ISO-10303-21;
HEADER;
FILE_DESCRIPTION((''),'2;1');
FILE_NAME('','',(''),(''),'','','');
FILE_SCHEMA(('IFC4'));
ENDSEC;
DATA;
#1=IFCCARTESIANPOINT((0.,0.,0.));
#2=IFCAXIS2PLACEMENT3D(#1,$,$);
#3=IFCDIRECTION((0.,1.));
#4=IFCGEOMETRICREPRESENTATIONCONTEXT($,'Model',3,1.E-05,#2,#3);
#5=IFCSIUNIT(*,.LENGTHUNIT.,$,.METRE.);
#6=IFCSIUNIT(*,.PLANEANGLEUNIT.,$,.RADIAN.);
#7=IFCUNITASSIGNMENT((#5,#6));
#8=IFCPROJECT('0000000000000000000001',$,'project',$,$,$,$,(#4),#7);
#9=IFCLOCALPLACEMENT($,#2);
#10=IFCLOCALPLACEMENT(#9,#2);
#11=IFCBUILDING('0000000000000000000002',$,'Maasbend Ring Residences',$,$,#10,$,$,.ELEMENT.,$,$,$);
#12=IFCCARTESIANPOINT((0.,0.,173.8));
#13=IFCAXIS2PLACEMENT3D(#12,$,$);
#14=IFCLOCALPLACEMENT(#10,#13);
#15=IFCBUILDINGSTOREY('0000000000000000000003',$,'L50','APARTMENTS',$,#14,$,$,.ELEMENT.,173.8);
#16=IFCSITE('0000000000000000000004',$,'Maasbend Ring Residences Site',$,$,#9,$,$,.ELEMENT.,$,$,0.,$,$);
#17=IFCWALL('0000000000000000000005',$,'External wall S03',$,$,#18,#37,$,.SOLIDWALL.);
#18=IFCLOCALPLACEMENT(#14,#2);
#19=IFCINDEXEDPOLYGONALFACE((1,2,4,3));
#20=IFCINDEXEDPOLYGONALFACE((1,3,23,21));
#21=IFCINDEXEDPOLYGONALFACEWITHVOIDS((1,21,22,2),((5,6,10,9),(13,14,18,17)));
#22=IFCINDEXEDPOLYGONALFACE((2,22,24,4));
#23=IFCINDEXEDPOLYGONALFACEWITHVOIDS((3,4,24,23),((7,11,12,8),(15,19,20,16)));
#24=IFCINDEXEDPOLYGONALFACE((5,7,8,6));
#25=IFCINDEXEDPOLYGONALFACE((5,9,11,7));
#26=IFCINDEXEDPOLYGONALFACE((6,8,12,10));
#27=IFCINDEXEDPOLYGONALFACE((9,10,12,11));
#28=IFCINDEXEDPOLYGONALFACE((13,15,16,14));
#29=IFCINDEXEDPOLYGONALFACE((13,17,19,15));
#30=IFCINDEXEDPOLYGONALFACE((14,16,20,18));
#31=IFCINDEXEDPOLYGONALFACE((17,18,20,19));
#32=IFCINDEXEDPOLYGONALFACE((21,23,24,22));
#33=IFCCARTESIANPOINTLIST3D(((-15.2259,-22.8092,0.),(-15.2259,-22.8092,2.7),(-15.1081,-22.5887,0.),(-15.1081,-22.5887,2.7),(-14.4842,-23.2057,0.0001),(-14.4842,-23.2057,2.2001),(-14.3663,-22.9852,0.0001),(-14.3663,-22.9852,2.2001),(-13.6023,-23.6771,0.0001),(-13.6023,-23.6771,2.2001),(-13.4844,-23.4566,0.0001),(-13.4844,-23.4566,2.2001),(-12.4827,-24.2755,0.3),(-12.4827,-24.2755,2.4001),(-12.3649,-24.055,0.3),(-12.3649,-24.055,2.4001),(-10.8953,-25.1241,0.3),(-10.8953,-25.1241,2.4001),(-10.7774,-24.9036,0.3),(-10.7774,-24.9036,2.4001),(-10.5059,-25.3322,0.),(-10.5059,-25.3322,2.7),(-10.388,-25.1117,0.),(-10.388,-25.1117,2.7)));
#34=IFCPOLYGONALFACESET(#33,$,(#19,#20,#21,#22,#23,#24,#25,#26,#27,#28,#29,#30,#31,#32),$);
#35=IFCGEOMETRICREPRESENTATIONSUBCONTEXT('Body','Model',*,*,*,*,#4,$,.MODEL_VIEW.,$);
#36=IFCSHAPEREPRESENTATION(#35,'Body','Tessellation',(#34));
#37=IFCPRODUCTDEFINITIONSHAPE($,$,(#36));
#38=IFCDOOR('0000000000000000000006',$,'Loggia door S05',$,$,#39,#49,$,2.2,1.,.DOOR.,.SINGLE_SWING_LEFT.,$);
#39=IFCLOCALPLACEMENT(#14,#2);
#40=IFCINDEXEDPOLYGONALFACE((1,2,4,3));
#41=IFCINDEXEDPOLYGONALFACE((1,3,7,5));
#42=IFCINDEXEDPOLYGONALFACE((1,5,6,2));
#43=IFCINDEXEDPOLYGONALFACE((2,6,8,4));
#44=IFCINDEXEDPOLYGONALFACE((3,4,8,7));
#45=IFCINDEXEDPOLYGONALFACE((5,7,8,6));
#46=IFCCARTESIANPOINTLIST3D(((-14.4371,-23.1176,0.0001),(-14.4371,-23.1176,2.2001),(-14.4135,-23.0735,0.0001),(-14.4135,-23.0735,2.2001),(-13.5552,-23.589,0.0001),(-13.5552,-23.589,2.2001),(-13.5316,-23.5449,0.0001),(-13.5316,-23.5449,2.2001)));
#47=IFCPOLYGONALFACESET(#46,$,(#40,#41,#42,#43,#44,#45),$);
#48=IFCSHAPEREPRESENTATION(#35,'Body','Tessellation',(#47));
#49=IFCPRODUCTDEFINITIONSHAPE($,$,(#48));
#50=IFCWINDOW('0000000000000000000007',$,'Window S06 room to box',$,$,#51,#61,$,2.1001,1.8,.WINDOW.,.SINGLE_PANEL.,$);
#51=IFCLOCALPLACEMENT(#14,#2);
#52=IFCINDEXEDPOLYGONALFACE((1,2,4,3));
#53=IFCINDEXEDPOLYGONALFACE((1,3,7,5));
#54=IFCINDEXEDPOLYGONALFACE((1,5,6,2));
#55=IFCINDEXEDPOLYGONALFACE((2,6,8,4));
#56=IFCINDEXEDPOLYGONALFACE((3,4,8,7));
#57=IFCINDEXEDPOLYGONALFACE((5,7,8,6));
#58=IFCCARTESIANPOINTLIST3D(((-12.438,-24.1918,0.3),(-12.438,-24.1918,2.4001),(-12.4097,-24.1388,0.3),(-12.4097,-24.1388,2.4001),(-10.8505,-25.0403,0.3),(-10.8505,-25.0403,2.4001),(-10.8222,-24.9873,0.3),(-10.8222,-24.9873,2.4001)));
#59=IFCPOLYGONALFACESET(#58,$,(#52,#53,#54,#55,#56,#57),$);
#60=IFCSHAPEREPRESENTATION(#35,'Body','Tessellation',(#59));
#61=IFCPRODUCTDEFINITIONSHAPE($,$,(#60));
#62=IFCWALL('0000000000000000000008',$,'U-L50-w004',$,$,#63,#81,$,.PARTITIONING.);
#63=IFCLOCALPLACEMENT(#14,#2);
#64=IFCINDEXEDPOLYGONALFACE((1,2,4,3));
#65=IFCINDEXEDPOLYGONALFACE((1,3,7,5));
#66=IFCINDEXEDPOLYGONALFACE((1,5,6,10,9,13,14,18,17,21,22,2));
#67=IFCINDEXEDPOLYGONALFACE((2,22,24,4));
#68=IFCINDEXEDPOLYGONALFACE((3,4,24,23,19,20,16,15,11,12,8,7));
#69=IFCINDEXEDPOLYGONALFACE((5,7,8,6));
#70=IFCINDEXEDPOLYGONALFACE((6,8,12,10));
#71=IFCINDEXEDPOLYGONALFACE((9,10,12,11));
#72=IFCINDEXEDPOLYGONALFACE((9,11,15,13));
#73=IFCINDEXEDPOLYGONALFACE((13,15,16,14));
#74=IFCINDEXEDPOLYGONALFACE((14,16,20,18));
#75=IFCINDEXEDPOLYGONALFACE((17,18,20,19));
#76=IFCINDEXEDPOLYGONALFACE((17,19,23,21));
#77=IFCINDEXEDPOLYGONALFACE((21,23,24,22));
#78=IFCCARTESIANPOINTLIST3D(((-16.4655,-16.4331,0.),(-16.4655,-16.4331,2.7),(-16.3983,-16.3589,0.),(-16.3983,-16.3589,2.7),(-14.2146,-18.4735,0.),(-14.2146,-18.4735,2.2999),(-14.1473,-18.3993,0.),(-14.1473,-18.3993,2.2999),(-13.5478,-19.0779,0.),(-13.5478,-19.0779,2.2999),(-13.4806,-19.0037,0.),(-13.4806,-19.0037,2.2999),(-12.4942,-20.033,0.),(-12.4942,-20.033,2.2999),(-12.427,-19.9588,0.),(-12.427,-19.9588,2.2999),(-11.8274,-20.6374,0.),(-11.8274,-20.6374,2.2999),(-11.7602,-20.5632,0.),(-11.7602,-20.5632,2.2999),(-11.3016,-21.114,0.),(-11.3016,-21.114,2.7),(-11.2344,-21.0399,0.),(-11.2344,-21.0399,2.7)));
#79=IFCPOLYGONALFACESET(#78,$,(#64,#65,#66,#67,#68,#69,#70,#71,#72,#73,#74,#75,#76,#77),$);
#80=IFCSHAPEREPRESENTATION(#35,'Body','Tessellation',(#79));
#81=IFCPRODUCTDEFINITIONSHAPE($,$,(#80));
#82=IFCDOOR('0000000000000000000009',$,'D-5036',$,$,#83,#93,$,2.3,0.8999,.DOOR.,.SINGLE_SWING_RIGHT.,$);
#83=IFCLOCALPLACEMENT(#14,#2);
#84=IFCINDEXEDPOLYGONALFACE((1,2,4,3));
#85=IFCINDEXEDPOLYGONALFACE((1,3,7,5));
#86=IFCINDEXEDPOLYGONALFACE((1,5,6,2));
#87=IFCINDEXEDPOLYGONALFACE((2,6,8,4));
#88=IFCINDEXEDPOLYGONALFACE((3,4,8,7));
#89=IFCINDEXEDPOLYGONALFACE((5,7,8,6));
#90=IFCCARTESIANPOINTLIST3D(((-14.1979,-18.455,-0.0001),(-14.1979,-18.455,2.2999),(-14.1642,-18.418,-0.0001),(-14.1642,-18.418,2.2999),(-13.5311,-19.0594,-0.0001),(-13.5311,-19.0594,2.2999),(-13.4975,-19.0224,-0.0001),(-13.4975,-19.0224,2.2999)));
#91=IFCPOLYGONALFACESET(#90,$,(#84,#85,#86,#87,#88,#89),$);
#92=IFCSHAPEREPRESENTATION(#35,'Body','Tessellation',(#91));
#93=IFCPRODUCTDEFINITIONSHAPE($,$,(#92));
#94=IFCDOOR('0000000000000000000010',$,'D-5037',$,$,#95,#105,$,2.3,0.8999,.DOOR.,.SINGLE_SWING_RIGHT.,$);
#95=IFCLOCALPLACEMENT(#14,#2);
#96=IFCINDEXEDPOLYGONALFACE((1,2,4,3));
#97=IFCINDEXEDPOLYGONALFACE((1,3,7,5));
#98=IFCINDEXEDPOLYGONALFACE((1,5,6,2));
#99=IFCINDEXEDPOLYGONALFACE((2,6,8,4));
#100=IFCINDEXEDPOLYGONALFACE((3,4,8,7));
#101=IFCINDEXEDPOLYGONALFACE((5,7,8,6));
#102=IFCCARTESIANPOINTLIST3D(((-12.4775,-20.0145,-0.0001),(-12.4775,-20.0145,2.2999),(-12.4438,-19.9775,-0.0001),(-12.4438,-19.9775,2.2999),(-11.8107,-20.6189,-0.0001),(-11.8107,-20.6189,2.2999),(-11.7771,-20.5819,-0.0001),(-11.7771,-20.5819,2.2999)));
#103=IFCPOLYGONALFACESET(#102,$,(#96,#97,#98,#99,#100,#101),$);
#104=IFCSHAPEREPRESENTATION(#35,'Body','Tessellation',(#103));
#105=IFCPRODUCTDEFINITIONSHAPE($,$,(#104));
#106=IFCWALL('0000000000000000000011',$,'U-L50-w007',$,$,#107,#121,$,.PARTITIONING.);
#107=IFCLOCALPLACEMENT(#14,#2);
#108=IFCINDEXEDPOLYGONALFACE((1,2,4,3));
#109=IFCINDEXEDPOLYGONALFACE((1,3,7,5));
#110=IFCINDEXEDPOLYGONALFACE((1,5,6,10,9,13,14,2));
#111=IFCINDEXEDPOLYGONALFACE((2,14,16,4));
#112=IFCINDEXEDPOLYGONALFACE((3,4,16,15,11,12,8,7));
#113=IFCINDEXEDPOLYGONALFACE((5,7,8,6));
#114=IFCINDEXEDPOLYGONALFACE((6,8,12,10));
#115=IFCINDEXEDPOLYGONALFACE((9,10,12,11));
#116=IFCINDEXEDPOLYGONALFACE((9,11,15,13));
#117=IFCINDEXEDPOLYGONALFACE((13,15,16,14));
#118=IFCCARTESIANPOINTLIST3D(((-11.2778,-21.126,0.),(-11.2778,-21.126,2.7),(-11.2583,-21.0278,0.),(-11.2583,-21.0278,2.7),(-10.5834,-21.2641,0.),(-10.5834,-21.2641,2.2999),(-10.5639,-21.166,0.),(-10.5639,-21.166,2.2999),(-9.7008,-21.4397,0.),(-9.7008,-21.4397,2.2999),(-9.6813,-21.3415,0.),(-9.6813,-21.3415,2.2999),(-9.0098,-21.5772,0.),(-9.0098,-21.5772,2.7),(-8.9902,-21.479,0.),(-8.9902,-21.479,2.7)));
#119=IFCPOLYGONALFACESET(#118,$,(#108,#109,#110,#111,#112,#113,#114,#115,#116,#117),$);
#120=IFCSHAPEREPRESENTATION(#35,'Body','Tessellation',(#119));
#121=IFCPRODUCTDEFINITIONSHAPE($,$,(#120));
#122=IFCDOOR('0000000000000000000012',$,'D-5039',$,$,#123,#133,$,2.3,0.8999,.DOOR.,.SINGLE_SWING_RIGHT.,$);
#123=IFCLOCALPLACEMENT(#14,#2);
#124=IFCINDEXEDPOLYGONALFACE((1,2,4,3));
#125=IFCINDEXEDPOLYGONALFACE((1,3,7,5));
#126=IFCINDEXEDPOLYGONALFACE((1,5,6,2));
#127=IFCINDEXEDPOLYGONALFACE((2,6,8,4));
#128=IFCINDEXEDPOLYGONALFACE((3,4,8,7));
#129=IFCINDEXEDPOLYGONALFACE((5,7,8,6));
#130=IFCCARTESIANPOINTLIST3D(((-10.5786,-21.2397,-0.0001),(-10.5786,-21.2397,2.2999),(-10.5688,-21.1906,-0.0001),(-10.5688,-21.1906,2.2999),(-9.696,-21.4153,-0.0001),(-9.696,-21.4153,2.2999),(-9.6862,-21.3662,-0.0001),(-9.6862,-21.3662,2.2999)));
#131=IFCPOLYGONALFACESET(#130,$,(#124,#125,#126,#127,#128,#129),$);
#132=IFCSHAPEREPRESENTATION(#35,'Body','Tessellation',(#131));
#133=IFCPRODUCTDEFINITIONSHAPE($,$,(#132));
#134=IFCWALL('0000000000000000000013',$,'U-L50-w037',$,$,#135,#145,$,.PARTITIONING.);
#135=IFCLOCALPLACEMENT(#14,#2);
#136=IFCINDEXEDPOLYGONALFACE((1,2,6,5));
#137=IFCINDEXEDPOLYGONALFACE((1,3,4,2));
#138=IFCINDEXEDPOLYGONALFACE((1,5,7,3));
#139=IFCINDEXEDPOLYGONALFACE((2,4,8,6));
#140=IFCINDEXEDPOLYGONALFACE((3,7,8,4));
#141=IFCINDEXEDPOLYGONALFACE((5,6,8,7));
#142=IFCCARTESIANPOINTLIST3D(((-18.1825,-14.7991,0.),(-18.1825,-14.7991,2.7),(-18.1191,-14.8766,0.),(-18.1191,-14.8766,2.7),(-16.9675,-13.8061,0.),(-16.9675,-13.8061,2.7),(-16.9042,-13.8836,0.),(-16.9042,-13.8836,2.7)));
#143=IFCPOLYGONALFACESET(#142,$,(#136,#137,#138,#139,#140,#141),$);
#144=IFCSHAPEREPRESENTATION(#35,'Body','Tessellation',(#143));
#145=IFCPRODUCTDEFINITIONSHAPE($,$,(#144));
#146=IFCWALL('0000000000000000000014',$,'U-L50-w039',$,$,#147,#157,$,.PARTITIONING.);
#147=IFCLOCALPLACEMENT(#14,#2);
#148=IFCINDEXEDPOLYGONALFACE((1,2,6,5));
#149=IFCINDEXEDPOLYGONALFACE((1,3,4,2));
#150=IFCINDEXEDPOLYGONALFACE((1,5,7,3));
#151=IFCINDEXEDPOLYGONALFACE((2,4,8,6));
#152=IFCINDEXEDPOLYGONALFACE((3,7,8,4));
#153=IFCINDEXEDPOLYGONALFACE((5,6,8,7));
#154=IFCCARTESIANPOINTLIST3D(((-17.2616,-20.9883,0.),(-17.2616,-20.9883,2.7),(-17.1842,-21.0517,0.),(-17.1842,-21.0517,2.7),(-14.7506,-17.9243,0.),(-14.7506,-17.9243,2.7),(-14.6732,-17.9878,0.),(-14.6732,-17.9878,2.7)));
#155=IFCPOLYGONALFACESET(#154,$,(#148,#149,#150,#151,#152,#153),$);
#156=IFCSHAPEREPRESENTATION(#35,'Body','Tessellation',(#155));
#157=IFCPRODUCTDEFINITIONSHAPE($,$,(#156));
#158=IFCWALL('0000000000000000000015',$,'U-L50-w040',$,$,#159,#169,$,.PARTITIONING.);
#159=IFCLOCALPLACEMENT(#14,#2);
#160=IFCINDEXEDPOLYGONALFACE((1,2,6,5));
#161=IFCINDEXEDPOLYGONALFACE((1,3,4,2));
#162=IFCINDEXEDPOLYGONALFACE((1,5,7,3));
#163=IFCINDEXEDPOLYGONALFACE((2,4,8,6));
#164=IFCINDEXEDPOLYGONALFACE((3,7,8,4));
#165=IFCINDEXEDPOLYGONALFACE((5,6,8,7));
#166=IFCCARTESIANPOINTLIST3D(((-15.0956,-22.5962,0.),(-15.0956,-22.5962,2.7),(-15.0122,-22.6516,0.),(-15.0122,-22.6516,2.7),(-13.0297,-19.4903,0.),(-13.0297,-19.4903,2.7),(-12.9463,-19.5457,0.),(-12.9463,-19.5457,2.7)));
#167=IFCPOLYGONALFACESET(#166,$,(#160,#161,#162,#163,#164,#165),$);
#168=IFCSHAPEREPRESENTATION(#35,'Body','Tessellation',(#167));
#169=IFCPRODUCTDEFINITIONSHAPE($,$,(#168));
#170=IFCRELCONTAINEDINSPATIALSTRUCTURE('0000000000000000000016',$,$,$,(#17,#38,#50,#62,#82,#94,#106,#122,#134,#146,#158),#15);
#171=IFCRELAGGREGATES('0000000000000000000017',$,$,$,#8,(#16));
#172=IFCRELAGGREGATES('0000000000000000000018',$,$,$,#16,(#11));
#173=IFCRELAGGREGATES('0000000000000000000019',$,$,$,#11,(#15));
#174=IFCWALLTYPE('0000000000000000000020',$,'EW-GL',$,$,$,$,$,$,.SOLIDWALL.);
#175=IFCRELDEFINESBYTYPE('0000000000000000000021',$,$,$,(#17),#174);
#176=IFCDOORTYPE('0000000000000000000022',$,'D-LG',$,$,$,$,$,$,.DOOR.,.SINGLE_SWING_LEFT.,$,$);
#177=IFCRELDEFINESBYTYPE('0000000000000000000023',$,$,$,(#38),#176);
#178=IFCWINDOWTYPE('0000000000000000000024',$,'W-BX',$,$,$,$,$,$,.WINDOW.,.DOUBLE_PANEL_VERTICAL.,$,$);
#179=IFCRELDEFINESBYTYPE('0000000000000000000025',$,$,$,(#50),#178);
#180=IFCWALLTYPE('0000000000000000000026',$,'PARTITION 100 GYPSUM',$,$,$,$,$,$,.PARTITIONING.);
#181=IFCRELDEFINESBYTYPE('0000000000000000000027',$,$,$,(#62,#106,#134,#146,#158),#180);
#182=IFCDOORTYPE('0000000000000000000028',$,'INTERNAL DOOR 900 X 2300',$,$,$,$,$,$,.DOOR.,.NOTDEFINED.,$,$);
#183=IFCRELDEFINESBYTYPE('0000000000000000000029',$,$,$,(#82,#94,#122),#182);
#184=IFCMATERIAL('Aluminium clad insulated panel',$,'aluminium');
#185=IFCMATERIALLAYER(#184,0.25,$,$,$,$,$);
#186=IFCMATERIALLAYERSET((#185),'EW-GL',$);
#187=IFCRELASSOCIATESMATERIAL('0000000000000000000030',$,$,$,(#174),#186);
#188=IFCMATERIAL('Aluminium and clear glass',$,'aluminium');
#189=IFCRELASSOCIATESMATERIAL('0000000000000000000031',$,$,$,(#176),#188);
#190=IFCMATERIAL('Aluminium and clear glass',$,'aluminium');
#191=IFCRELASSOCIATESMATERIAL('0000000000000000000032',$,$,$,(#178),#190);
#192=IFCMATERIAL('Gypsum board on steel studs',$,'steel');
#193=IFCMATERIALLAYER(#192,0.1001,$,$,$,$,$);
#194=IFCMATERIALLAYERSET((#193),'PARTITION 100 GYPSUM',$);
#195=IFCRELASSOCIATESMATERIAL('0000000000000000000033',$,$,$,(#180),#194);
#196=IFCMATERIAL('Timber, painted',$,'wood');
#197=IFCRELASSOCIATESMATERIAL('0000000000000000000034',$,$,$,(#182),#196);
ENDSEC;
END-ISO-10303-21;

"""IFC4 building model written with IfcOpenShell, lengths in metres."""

from ifc_helpers import new_model, si_unit, direction, frame, frame_2d, origin, place, context, subcontext, project, spatial, rectangle, extrude, material, layer, layer_set, type_object, element, fill, save


model = new_model("IFC4")

# Units and contexts
model_context = context("Model", 3, precision=1e-05, world=origin(), true_north=direction((0.0, 1.0)))
body_context = subcontext(model_context, "Body", "Model", "MODEL_VIEW")
ifc_project = project(units=[si_unit("LENGTHUNIT", "METRE"), si_unit("PLANEANGLEUNIT", "RADIAN")], contexts=[model_context])

# Site, building, storey
site_placement = place(None, origin())
site = spatial("IfcSite", under=ifc_project, at=site_placement, Name="Maasbend Ring Residences Site", CompositionType="ELEMENT", RefElevation=0.0)
building_placement = place(site_placement, origin())
building = spatial("IfcBuilding", under=site, at=building_placement, Name="Maasbend Ring Residences", CompositionType="ELEMENT")
storey_placement = place(building_placement, frame((0.0, 0.0, 173.8)))
storey = spatial("IfcBuildingStorey", under=building, at=storey_placement, Name="L50", Description="APARTMENTS", CompositionType="ELEMENT", Elevation=173.8)

# Wall, openings, door, window
ifc_material_1 = material(Name="Aluminium clad insulated panel", Category="aluminium")
ifc_layer_1 = layer(ifc_material_1, 0.25)
ifc_layer_set_1 = layer_set([ifc_layer_1], Name="EW-GL")
wall_type_1 = type_object("IfcWallType", Name="EW-GL", PredefinedType="SOLIDWALL", material=ifc_layer_set_1)
wall_1_placement = place(storey_placement, frame((-15.167, -22.699, 0.0), z_axis=(0.0, 0.0, 1.0), x_axis=(0.881916, -0.471407, 0.0)))
wall_1 = element("IfcWall", 1, at=wall_1_placement, inside=storey, type_object=wall_type_1, Name="External wall S03", PredefinedType="SOLIDWALL", context=body_context, shape_type="SweptSolid", body=[
    extrude(rectangle(XDim=5.3521, YDim=0.25, at=frame_2d((2.676, 0.0))), origin(), (0.0, 0.0, 1.0), 2.7),
])
opening_1_placement = place(wall_1_placement, frame((0.8411, 0.0, 0.0)))
opening_1 = element("IfcOpeningElement", 2, at=opening_1_placement, cuts=wall_1, PredefinedType="OPENING", context=body_context, shape_type="SweptSolid", body=[
    extrude(rectangle(XDim=1.0, YDim=2.2, at=frame_2d((0.5, 1.1001))), frame((0.0, 0.135, 0.0), z_axis=(0.0, -1.0, 0.0), x_axis=(1.0, 0.0, 0.0)), (0.0, 0.0, 1.0), 0.27),
])
opening_2_placement = place(wall_1_placement, frame((3.1106, 0.0, 0.3)))
opening_2 = element("IfcOpeningElement", 3, at=opening_2_placement, cuts=wall_1, PredefinedType="OPENING", context=body_context, shape_type="SweptSolid", body=[
    extrude(rectangle(XDim=1.8, YDim=2.1001, at=frame_2d((0.8999, 1.05))), frame((0.0, 0.135, 0.0), z_axis=(0.0, -1.0, 0.0), x_axis=(1.0, 0.0, 0.0)), (0.0, 0.0, 1.0), 0.27),
])
ifc_material_2 = material(Name="Aluminium and clear glass", Category="aluminium")
door_type_1 = type_object("IfcDoorType", Name="D-LG", OperationType="SINGLE_SWING_LEFT", PredefinedType="DOOR", material=ifc_material_2)
door_1_placement = place(opening_1_placement, origin())
door_1 = element("IfcDoor", 4, at=door_1_placement, inside=storey, type_object=door_type_1, Name="Loggia door S05", OperationType="SINGLE_SWING_LEFT", OverallHeight=2.2, OverallWidth=1.0, PredefinedType="DOOR", context=body_context, shape_type="SweptSolid", body=[
    extrude(rectangle(XDim=1.0, YDim=2.2, at=frame_2d((0.5, 1.1001))), frame((0.0, 0.0249, 0.0), z_axis=(0.0, -1.0, 0.0), x_axis=(1.0, 0.0, 0.0)), (0.0, 0.0, 1.0), 0.05),
])
fill(opening_1, door_1)
ifc_material_3 = material(Name="Aluminium and clear glass", Category="aluminium")
window_type_1 = type_object("IfcWindowType", Name="W-BX", PartitioningType="DOUBLE_PANEL_VERTICAL", PredefinedType="WINDOW", material=ifc_material_3)
window_1_placement = place(opening_2_placement, origin())
window_1 = element("IfcWindow", 5, at=window_1_placement, inside=storey, type_object=window_type_1, Name="Window S06 room to box", OverallHeight=2.1001, OverallWidth=1.8, PartitioningType="SINGLE_PANEL", PredefinedType="WINDOW", context=body_context, shape_type="SweptSolid", body=[
    extrude(rectangle(XDim=1.8, YDim=2.1001, at=frame_2d((0.8999, 1.05))), frame((0.0, 0.03, 0.0), z_axis=(0.0, -1.0, 0.0), x_axis=(1.0, 0.0, 0.0)), (0.0, 0.0, 1.0), 0.0601),
])
fill(opening_2, window_1)

# Wall, openings, doors
ifc_material_4 = material(Name="Gypsum board on steel studs", Category="steel")
ifc_layer_2 = layer(ifc_material_4, 0.1001)
ifc_layer_set_2 = layer_set([ifc_layer_2], Name="PARTITION 100 GYPSUM")
wall_type_2 = type_object("IfcWallType", Name="PARTITION 100 GYPSUM", PredefinedType="PARTITIONING", material=ifc_layer_set_2)
wall_2_placement = place(storey_placement, frame((-16.4319, -16.396, 0.0), z_axis=(0.0, 0.0, 1.0), x_axis=(0.740901, -0.671614, 0.0)))
wall_2 = element("IfcWall", 6, at=wall_2_placement, inside=storey, type_object=wall_type_2, Name="U-L50-w004", PredefinedType="PARTITIONING", context=body_context, shape_type="SweptSolid", body=[
    extrude(rectangle(XDim=6.9697, YDim=0.1001, at=frame_2d((3.4849, 0.0))), origin(), (0.0, 0.0, 1.0), 2.7),
])
opening_3_placement = place(wall_2_placement, frame((3.0381, 0.0, 0.0)))
opening_3 = element("IfcOpeningElement", 7, at=opening_3_placement, cuts=wall_2, PredefinedType="OPENING", context=body_context, shape_type="SweptSolid", body=[
    extrude(rectangle(XDim=0.8999, YDim=2.3, at=frame_2d((0.45, 1.1499))), frame((0.0, 0.0601, 0.0), z_axis=(0.0, -1.0, 0.0), x_axis=(1.0, 0.0, 0.0)), (0.0, 0.0, 1.0), 0.1201),
])
opening_4_placement = place(wall_2_placement, frame((5.3601, 0.0, 0.0)))
opening_4 = element("IfcOpeningElement", 8, at=opening_4_placement, cuts=wall_2, PredefinedType="OPENING", context=body_context, shape_type="SweptSolid", body=[
    extrude(rectangle(XDim=0.8999, YDim=2.3, at=frame_2d((0.45, 1.1499))), frame((0.0, 0.0601, 0.0), z_axis=(0.0, -1.0, 0.0), x_axis=(1.0, 0.0, 0.0)), (0.0, 0.0, 1.0), 0.1201),
])
ifc_material_5 = material(Name="Timber, painted", Category="wood")
door_type_2 = type_object("IfcDoorType", Name="INTERNAL DOOR 900 X 2300", OperationType="NOTDEFINED", PredefinedType="DOOR", material=ifc_material_5)
door_2_placement = place(opening_3_placement, origin())
door_2 = element("IfcDoor", 9, at=door_2_placement, inside=storey, type_object=door_type_2, Name="D-5036", OperationType="SINGLE_SWING_RIGHT", OverallHeight=2.3, OverallWidth=0.8999, PredefinedType="DOOR", context=body_context, shape_type="SweptSolid", body=[
    extrude(rectangle(XDim=0.8999, YDim=2.3, at=frame_2d((0.45, 1.1499))), frame((0.0, 0.0249, 0.0), z_axis=(0.0, -1.0, 0.0), x_axis=(1.0, 0.0, 0.0)), (0.0, 0.0, 1.0), 0.05),
])
fill(opening_3, door_2)
door_3_placement = place(opening_4_placement, origin())
door_3 = element("IfcDoor", 10, at=door_3_placement, inside=storey, type_object=door_type_2, Name="D-5037", OperationType="SINGLE_SWING_RIGHT", OverallHeight=2.3, OverallWidth=0.8999, PredefinedType="DOOR", context=body_context, shape_type="SweptSolid", body=[
    extrude(rectangle(XDim=0.8999, YDim=2.3, at=frame_2d((0.45, 1.1499))), frame((0.0, 0.0249, 0.0), z_axis=(0.0, -1.0, 0.0), x_axis=(1.0, 0.0, 0.0)), (0.0, 0.0, 1.0), 0.05),
])
fill(opening_4, door_3)

# Wall, opening, door
wall_3_placement = place(storey_placement, frame((-11.2681, -21.0769, 0.0), z_axis=(0.0, 0.0, 1.0), x_axis=(0.980783, -0.195101, 0.0)))
wall_3 = element("IfcWall", 11, at=wall_3_placement, inside=storey, type_object=wall_type_2, Name="U-L50-w007", PredefinedType="PARTITIONING", context=body_context, shape_type="SweptSolid", body=[
    extrude(rectangle(XDim=2.3125, YDim=0.1001, at=frame_2d((1.1562, 0.0))), origin(), (0.0, 0.0, 1.0), 2.7),
])
opening_5_placement = place(wall_3_placement, frame((0.708, 0.0, 0.0)))
opening_5 = element("IfcOpeningElement", 12, at=opening_5_placement, cuts=wall_3, PredefinedType="OPENING", context=body_context, shape_type="SweptSolid", body=[
    extrude(rectangle(XDim=0.8999, YDim=2.3, at=frame_2d((0.45, 1.1499))), frame((0.0, 0.0601, 0.0), z_axis=(0.0, -1.0, 0.0), x_axis=(1.0, 0.0, 0.0)), (0.0, 0.0, 1.0), 0.1201),
])
door_4_placement = place(opening_5_placement, origin())
door_4 = element("IfcDoor", 13, at=door_4_placement, inside=storey, type_object=door_type_2, Name="D-5039", OperationType="SINGLE_SWING_RIGHT", OverallHeight=2.3, OverallWidth=0.8999, PredefinedType="DOOR", context=body_context, shape_type="SweptSolid", body=[
    extrude(rectangle(XDim=0.8999, YDim=2.3, at=frame_2d((0.45, 1.1499))), frame((0.0, 0.0249, 0.0), z_axis=(0.0, -1.0, 0.0), x_axis=(1.0, 0.0, 0.0)), (0.0, 0.0, 1.0), 0.05),
])
fill(opening_5, door_4)

# Walls
wall_4_placement = place(storey_placement, frame((-18.1509, -14.8379, 0.0), z_axis=(0.0, 0.0, 1.0), x_axis=(0.774283, 0.632839, 0.0)))
element("IfcWall", 14, at=wall_4_placement, inside=storey, type_object=wall_type_2, Name="U-L50-w037", PredefinedType="PARTITIONING", context=body_context, shape_type="SweptSolid", body=[
    extrude(rectangle(XDim=1.5691, YDim=0.1001, at=frame_2d((0.7847, 0.0))), origin(), (0.0, 0.0, 1.0), 2.7),
])
wall_5_placement = place(storey_placement, frame((-17.2229, -21.02, 0.0), z_axis=(0.0, 0.0, 1.0), x_axis=(0.633858, 0.773449, 0.0)))
element("IfcWall", 15, at=wall_5_placement, inside=storey, type_object=wall_type_2, Name="U-L50-w039", PredefinedType="PARTITIONING", context=body_context, shape_type="SweptSolid", body=[
    extrude(rectangle(XDim=3.9614, YDim=0.1001, at=frame_2d((1.9807, 0.0))), origin(), (0.0, 0.0, 1.0), 2.7),
])
wall_6_placement = place(storey_placement, frame((-15.054, -22.624, 0.0), z_axis=(0.0, 0.0, 1.0), x_axis=(0.553824, 0.832634, 0.0)))
element("IfcWall", 16, at=wall_6_placement, inside=storey, type_object=wall_type_2, Name="U-L50-w040", PredefinedType="PARTITIONING", context=body_context, shape_type="SweptSolid", body=[
    extrude(rectangle(XDim=3.7302, YDim=0.1001, at=frame_2d((1.8652, 0.0))), origin(), (0.0, 0.0, 1.0), 2.7),
])

save(model, "model.ifc")
